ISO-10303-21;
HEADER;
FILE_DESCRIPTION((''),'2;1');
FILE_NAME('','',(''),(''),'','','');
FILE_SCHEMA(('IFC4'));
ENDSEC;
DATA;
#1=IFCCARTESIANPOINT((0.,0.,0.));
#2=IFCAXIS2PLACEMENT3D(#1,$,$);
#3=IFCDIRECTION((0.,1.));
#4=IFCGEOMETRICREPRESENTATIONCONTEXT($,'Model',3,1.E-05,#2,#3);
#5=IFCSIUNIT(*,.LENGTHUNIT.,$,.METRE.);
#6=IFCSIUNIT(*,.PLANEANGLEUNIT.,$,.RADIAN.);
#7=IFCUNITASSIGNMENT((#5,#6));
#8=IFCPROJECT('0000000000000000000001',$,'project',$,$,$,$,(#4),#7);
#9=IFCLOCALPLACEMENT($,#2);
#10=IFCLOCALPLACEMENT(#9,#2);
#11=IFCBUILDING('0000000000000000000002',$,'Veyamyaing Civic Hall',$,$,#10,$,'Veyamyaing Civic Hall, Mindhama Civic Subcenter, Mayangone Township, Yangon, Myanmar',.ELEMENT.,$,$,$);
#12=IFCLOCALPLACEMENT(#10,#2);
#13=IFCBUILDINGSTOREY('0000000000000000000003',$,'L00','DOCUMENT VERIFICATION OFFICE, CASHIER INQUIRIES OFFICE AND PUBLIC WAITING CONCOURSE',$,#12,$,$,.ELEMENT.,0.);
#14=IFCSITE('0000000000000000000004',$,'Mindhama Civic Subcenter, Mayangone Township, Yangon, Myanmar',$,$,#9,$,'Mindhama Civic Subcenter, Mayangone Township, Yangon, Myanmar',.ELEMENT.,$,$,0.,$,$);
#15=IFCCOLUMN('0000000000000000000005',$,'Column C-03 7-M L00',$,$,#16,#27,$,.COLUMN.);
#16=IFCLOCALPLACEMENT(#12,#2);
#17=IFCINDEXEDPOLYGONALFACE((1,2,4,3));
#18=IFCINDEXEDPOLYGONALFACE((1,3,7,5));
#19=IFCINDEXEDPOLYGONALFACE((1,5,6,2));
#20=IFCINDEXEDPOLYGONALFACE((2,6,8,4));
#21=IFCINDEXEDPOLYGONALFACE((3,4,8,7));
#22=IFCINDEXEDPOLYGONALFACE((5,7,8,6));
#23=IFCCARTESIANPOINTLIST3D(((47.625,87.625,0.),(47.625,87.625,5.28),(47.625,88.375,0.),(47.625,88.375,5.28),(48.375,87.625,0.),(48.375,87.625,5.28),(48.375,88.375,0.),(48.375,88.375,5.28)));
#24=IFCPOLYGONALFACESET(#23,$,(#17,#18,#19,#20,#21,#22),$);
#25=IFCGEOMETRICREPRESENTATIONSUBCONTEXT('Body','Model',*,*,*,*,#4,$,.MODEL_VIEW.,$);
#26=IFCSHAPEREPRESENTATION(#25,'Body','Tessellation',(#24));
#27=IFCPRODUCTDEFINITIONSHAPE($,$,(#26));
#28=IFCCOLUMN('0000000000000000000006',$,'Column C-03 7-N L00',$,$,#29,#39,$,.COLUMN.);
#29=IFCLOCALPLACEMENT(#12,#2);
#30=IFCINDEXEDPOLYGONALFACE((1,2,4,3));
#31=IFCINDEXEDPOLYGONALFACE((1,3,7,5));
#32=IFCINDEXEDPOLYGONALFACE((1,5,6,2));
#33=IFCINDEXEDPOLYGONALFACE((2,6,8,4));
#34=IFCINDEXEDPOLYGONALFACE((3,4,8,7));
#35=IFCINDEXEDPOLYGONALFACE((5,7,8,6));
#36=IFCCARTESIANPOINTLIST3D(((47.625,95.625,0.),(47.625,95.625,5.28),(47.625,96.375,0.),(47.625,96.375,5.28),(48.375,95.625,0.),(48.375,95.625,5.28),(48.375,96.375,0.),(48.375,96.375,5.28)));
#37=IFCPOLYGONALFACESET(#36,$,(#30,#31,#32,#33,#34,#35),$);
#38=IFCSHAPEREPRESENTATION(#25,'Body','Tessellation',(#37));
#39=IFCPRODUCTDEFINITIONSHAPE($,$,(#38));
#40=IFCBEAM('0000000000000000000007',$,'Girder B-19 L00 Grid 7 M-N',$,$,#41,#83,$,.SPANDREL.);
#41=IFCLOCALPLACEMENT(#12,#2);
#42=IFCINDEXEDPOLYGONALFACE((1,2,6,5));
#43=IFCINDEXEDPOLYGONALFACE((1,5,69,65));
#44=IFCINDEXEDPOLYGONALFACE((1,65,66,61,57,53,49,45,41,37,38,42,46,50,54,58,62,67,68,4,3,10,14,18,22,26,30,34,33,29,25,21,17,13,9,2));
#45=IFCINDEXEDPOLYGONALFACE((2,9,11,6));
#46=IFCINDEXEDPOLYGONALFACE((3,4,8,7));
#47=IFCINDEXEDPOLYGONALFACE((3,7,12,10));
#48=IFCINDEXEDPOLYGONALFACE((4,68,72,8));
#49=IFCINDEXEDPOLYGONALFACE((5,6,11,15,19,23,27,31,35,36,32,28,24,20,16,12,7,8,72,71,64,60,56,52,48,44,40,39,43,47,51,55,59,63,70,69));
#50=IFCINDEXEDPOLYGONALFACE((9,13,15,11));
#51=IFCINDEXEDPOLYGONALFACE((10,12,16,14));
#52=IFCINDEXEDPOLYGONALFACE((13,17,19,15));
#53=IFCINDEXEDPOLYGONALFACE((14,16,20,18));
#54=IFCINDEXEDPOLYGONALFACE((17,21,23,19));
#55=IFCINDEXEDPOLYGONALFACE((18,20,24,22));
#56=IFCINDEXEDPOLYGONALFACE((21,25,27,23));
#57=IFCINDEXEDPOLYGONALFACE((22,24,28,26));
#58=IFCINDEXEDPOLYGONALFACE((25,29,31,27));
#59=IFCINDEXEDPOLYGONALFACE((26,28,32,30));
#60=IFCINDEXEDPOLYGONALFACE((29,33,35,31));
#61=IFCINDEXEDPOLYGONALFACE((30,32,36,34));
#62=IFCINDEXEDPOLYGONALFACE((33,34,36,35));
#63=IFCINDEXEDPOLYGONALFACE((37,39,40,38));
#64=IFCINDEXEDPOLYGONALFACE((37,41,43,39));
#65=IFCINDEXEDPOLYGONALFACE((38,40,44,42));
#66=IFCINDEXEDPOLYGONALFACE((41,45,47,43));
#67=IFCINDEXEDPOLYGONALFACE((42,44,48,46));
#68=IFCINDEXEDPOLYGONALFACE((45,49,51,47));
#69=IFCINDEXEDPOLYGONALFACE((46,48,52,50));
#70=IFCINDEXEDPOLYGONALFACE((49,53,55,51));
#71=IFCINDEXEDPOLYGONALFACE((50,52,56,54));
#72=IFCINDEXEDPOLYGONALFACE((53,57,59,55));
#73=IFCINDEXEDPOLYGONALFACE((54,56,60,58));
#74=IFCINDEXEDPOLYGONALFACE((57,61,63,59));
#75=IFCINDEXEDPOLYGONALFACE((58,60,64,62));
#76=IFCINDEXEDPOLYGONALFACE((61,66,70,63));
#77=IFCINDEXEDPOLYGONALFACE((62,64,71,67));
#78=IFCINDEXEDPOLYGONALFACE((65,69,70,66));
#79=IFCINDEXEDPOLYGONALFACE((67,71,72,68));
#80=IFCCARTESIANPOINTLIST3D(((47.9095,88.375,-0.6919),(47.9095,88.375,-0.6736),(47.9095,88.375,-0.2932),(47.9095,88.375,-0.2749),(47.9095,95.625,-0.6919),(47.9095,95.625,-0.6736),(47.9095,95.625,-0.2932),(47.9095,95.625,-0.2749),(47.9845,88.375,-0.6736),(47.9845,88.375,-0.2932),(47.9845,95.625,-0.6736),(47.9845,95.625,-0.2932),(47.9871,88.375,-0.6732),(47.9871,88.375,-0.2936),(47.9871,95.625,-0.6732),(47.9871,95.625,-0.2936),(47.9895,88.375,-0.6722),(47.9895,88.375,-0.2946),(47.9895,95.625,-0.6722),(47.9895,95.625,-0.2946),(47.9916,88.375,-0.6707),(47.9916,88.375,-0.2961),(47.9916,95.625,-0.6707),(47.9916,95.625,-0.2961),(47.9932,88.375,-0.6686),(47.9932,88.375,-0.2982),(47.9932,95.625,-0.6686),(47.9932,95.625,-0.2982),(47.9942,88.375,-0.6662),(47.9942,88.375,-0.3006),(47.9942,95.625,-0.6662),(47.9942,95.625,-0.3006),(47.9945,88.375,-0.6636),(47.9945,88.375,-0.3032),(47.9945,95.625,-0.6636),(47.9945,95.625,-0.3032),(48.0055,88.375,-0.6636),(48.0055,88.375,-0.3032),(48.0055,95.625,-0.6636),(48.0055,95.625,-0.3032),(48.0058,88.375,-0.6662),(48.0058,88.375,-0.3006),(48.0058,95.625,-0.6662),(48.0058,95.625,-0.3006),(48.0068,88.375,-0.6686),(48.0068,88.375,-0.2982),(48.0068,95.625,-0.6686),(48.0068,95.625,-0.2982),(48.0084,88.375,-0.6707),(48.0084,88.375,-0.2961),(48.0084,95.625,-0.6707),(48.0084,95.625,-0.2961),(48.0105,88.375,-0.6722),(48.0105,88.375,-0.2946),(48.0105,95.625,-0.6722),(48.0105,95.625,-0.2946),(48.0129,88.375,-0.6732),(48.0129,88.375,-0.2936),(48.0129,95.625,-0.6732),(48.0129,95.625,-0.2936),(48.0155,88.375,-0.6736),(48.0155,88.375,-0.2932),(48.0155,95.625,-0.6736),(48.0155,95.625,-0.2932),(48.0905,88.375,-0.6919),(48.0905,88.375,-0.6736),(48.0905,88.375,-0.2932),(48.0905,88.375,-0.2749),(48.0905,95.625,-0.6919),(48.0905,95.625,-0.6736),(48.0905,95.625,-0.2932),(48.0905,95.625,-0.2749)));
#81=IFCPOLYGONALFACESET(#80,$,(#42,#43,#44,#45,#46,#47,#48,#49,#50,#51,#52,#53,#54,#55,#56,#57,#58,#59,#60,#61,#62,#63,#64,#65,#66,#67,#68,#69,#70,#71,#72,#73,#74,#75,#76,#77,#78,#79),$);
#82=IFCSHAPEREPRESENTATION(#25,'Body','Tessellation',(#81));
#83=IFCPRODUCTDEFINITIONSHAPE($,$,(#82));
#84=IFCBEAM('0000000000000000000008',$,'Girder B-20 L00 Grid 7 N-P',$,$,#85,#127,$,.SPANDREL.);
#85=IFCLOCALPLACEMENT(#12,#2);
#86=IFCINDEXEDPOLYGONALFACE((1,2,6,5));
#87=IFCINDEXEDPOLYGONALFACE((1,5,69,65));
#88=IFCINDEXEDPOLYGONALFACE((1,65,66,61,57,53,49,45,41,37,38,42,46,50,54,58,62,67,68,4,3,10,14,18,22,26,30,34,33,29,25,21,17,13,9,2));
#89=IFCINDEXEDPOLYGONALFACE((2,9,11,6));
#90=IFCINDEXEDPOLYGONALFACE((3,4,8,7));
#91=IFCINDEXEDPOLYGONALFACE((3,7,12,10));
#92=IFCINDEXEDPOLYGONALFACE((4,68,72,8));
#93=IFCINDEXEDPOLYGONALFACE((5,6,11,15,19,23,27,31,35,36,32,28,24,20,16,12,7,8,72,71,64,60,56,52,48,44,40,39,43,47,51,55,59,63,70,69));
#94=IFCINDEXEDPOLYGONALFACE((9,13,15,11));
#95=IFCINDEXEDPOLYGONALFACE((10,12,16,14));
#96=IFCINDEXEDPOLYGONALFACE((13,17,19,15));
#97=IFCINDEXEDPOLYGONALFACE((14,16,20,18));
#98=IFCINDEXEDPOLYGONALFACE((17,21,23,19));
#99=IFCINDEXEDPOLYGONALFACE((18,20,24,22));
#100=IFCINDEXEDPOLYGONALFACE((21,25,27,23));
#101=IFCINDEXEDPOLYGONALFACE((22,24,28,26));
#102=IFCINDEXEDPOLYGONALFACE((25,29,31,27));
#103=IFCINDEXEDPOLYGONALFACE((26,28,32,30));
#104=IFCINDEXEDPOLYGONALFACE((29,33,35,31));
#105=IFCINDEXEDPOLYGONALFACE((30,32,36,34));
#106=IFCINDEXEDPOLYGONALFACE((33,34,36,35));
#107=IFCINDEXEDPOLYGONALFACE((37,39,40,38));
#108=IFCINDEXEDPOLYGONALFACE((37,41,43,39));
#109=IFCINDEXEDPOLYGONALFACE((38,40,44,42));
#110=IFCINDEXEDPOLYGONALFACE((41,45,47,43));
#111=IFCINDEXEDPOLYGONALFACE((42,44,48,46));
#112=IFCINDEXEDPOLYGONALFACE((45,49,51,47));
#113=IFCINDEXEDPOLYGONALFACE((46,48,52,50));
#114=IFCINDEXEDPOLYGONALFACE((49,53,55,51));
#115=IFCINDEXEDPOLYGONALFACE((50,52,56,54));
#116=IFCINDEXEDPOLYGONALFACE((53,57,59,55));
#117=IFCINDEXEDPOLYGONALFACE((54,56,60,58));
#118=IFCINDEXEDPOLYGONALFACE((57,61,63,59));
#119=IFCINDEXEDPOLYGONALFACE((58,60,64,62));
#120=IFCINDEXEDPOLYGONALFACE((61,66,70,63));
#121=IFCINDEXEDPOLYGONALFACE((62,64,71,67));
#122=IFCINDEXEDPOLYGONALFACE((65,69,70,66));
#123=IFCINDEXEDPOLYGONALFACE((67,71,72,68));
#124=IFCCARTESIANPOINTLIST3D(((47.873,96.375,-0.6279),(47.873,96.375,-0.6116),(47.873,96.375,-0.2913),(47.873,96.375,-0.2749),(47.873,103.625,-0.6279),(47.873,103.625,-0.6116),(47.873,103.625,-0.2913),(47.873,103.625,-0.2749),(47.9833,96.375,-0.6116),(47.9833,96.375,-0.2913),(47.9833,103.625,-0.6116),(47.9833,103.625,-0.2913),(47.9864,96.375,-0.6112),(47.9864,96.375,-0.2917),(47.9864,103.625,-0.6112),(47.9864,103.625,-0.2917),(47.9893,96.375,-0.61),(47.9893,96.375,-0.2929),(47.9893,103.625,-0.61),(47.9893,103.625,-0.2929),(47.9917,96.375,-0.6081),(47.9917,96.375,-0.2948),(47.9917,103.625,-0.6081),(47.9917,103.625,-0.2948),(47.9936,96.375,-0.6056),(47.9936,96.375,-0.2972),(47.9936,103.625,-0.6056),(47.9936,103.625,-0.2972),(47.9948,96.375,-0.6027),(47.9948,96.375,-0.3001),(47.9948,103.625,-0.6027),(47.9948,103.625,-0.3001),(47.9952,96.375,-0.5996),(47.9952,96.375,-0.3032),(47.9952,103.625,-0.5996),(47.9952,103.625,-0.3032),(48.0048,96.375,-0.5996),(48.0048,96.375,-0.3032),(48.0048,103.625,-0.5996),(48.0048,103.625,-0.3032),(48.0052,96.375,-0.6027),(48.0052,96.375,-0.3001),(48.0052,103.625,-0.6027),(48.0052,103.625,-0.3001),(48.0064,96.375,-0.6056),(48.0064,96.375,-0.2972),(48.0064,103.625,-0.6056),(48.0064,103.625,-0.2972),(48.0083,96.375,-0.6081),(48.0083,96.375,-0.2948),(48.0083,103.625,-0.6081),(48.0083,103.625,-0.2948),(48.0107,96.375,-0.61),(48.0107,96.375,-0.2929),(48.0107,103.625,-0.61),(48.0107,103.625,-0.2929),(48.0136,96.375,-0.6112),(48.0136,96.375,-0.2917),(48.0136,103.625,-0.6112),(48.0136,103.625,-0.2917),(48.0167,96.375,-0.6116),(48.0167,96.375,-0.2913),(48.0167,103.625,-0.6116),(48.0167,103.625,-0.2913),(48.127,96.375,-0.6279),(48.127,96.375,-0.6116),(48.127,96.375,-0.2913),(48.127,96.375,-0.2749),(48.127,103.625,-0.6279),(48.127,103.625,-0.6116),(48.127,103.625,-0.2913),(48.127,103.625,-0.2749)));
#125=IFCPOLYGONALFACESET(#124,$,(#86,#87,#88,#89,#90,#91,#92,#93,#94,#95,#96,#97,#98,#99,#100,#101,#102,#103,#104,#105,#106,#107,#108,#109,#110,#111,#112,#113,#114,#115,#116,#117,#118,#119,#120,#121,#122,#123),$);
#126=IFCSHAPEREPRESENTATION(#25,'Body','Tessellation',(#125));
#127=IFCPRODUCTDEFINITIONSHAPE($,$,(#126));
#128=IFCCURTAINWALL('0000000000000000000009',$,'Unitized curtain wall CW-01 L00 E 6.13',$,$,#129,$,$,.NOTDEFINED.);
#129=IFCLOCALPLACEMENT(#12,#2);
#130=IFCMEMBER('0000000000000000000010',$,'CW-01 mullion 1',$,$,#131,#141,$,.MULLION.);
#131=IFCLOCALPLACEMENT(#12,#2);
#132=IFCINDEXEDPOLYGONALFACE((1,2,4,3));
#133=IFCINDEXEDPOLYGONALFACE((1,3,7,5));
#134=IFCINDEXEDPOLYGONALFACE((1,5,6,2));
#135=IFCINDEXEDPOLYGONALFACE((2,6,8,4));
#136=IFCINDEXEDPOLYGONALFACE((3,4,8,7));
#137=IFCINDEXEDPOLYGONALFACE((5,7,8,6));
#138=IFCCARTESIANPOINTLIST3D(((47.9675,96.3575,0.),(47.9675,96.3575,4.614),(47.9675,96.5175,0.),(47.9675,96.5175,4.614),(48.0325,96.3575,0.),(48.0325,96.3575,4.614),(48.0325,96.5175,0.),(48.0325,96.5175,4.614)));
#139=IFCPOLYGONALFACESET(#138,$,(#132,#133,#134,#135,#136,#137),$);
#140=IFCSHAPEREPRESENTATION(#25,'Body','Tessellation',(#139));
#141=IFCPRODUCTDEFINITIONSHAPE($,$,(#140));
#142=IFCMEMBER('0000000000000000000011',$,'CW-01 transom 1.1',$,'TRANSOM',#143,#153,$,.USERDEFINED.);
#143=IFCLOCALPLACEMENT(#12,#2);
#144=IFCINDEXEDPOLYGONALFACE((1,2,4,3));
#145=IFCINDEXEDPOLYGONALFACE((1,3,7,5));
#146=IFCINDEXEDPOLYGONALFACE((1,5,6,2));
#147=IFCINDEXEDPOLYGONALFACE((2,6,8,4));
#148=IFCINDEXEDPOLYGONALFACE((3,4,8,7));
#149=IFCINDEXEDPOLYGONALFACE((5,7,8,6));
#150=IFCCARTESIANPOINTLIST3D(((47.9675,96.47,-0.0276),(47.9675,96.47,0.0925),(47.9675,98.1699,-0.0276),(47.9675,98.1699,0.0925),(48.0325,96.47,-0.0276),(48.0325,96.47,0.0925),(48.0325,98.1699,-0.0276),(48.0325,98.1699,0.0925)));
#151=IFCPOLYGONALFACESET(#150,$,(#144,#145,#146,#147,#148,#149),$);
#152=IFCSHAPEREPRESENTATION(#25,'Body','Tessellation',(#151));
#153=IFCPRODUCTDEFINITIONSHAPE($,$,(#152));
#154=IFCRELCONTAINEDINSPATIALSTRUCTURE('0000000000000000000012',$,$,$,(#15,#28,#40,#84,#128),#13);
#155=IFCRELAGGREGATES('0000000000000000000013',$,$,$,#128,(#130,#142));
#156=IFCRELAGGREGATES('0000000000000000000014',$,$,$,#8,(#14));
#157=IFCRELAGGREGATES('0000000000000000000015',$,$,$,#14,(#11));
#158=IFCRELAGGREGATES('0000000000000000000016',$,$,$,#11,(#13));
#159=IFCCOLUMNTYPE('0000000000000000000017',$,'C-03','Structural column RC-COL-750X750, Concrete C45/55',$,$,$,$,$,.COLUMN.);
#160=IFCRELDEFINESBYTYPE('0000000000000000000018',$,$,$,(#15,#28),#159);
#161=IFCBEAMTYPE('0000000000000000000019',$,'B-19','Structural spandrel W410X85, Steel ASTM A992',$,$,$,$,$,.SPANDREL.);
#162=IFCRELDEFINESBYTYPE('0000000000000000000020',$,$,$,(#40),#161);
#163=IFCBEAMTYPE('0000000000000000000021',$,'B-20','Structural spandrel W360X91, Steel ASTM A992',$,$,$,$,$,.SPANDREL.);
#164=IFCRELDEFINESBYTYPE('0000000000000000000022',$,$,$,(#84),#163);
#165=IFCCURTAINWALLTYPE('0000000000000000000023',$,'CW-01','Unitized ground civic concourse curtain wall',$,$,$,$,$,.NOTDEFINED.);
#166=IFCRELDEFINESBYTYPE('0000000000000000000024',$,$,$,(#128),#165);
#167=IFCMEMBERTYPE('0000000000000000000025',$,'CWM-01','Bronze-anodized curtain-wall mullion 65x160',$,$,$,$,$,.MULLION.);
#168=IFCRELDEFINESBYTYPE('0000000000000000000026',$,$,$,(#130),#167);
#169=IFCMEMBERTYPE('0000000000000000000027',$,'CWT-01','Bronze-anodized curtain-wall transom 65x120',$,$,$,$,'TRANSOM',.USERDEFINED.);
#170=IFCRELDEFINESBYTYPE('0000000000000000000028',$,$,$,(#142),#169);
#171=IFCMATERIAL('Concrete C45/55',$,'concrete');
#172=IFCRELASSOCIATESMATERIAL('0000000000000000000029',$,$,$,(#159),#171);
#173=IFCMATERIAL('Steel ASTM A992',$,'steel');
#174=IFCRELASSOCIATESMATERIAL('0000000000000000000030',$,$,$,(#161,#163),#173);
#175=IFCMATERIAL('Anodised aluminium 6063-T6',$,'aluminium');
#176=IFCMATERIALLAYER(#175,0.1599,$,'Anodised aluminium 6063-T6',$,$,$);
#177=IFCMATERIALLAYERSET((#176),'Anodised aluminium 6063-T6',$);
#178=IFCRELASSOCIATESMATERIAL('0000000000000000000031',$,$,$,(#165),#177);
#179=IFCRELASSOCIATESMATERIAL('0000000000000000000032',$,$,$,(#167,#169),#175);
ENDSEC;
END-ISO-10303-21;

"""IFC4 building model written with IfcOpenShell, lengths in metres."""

from ifc_helpers import new_model, si_unit, direction, frame, origin, origin_2d, place, context, subcontext, project, spatial, rectangle, i_section, extrude, material, layer, layer_set, material_profile, profile_set, type_object, element, aggregate, save


model = new_model("IFC4")

# Units and contexts
model_context = context("Model", 3, precision=1e-05, world=origin(), true_north=direction((0.0, 1.0)))
body_context = subcontext(model_context, "Body", "Model", "MODEL_VIEW")
ifc_project = project(units=[si_unit("LENGTHUNIT", "METRE"), si_unit("PLANEANGLEUNIT", "RADIAN")], contexts=[model_context])

# Site, building, storey
site_placement = place(None, origin())
site = spatial("IfcSite", under=ifc_project, at=site_placement, Name="Mindhama Civic Subcenter, Mayangone Township, Yangon, Myanmar", LongName="Mindhama Civic Subcenter, Mayangone Township, Yangon, Myanmar", CompositionType="ELEMENT", RefElevation=0.0)
building_placement = place(site_placement, origin())
building = spatial("IfcBuilding", under=site, at=building_placement, Name="Veyamyaing Civic Hall", LongName="Veyamyaing Civic Hall, Mindhama Civic Subcenter, Mayangone Township, Yangon, Myanmar", CompositionType="ELEMENT")
storey_placement = place(building_placement, origin())
storey = spatial("IfcBuildingStorey", under=building, at=storey_placement, Name="L00", Description="DOCUMENT VERIFICATION OFFICE, CASHIER INQUIRIES OFFICE AND PUBLIC WAITING CONCOURSE", CompositionType="ELEMENT", Elevation=0.0)

# Columns
ifc_material_1 = material(Name="Concrete C45/55", Category="concrete")
ifc_material_profile_1 = material_profile(ifc_material_1, rectangle(XDim=0.75, YDim=0.75, at=origin_2d()), Name="RC-COL-750X750")
ifc_profile_set_1 = profile_set([ifc_material_profile_1], Name="Concrete C45/55")
column_type = type_object("IfcColumnType", Name="C-03", Description="Structural column RC-COL-750X750, Concrete C45/55", PredefinedType="COLUMN", material=ifc_profile_set_1)
for number, where, z_axis, x_axis, name in (
    (1, (48.0, 88.0, 0.0), (0.0, 0.0, 1.0), (1.0, 0.0, 0.0), "Column C-03 7-M L00"),
    (2, (48.0, 96.0, 0.0), (0.0, 0.0, 1.0), (1.0, 0.0, 0.0), "Column C-03 7-N L00"),
):
    element("IfcColumn", number, at=place(storey_placement, frame(where, z_axis=z_axis, x_axis=x_axis)), inside=storey, type_object=column_type, Name=name, PredefinedType="COLUMN", context=body_context, shape_type="SweptSolid", body=[
        extrude(rectangle(XDim=0.75, YDim=0.75, at=origin_2d()), origin(), (0.0, 0.0, 1.0), 5.28),
    ])

# Beams
ifc_material_2 = material(Name="Steel ASTM A992", Category="steel")
ifc_material_profile_2 = material_profile(ifc_material_2, i_section(OverallWidth=0.1809, OverallDepth=0.417, WebThickness=0.011, FlangeThickness=0.0183, FilletRadius=0.01, at=origin_2d()), Name="W410X85")
ifc_profile_set_2 = profile_set([ifc_material_profile_2], Name="Steel ASTM A992")
beam_type_1 = type_object("IfcBeamType", Name="B-19", Description="Structural spandrel W410X85, Steel ASTM A992", PredefinedType="SPANDREL", material=ifc_profile_set_2)
beam_1_placement = place(storey_placement, frame((48.0, 88.375, -0.4834), z_axis=(0.0, 1.0, 0.0), x_axis=(-1.0, 0.0, 0.0)))
element("IfcBeam", 3, at=beam_1_placement, inside=storey, type_object=beam_type_1, Name="Girder B-19 L00 Grid 7 M-N", PredefinedType="SPANDREL", context=body_context, shape_type="SweptSolid", body=[
    extrude(i_section(OverallWidth=0.1809, OverallDepth=0.417, WebThickness=0.011, FlangeThickness=0.0183, FilletRadius=0.01, at=origin_2d()), origin(), (0.0, 0.0, 1.0), 7.25),
])
ifc_material_profile_3 = material_profile(ifc_material_2, i_section(OverallWidth=0.2539, OverallDepth=0.353, WebThickness=0.0095, FlangeThickness=0.0164, FilletRadius=0.012, at=origin_2d()), Name="W360X91")
ifc_profile_set_3 = profile_set([ifc_material_profile_3], Name="Steel ASTM A992")
beam_type_2 = type_object("IfcBeamType", Name="B-20", Description="Structural spandrel W360X91, Steel ASTM A992", PredefinedType="SPANDREL", material=ifc_profile_set_3)
beam_2_placement = place(storey_placement, frame((48.0, 96.375, -0.4514), z_axis=(0.0, 1.0, 0.0), x_axis=(-1.0, 0.0, 0.0)))
element("IfcBeam", 4, at=beam_2_placement, inside=storey, type_object=beam_type_2, Name="Girder B-20 L00 Grid 7 N-P", PredefinedType="SPANDREL", context=body_context, shape_type="SweptSolid", body=[
    extrude(i_section(OverallWidth=0.2539, OverallDepth=0.353, WebThickness=0.0095, FlangeThickness=0.0164, FilletRadius=0.012, at=origin_2d()), origin(), (0.0, 0.0, 1.0), 7.25),
])

# Curtain wall, members
ifc_material_3 = material(Name="Anodised aluminium 6063-T6", Category="aluminium")
ifc_layer_1 = layer(ifc_material_3, 0.1599, Name="Anodised aluminium 6063-T6")
ifc_layer_set_1 = layer_set([ifc_layer_1], Name="Anodised aluminium 6063-T6")
curtain_wall_type = type_object("IfcCurtainWallType", Name="CW-01", Description="Unitized ground civic concourse curtain wall", PredefinedType="NOTDEFINED", material=ifc_layer_set_1)
curtain_wall_placement = place(storey_placement, origin())
curtain_wall = element("IfcCurtainWall", 5, at=curtain_wall_placement, inside=storey, type_object=curtain_wall_type, Name="Unitized curtain wall CW-01 L00 E 6.13", PredefinedType="NOTDEFINED")
ifc_material_profile_4 = material_profile(ifc_material_3, rectangle(XDim=0.0649, YDim=0.1599, at=origin_2d()), Name="ALU-MUL-65X160")
ifc_profile_set_4 = profile_set([ifc_material_profile_4], Name="Anodised aluminium 6063-T6")
member_type_1 = type_object("IfcMemberType", Name="CWM-01", Description="Bronze-anodized curtain-wall mullion 65x160", PredefinedType="MULLION", material=ifc_profile_set_4)
member_1_placement = place(storey_placement, frame((48.0, 96.4375, 0.0), z_axis=(0.0, 0.0, 1.0), x_axis=(-1.0, 0.0, 0.0)))
member_1 = element("IfcMember", 6, at=member_1_placement, type_object=member_type_1, Name="CW-01 mullion 1", PredefinedType="MULLION", context=body_context, shape_type="SweptSolid", body=[
    extrude(rectangle(XDim=0.0649, YDim=0.1599, at=origin_2d()), origin(), (0.0, 0.0, 1.0), 4.614),
])
ifc_material_profile_5 = material_profile(ifc_material_3, rectangle(XDim=0.0649, YDim=0.1201, at=origin_2d()), Name="ALU-TRN-65X120")
ifc_profile_set_5 = profile_set([ifc_material_profile_5], Name="Anodised aluminium 6063-T6")
member_type_2 = type_object("IfcMemberType", Name="CWT-01", Description="Bronze-anodized curtain-wall transom 65x120", ElementType="TRANSOM", PredefinedType="USERDEFINED", material=ifc_profile_set_5)
member_2_placement = place(storey_placement, frame((48.0, 96.47, 0.0325), z_axis=(0.0, 1.0, 0.0), x_axis=(-1.0, 0.0, 0.0)))
member_2 = element("IfcMember", 7, at=member_2_placement, type_object=member_type_2, Name="CW-01 transom 1.1", ObjectType="TRANSOM", PredefinedType="USERDEFINED", context=body_context, shape_type="SweptSolid", body=[
    extrude(rectangle(XDim=0.0649, YDim=0.1201, at=origin_2d()), origin(), (0.0, 0.0, 1.0), 1.7),
])
aggregate(curtain_wall, [member_1, member_2])

save(model, "model.ifc")
